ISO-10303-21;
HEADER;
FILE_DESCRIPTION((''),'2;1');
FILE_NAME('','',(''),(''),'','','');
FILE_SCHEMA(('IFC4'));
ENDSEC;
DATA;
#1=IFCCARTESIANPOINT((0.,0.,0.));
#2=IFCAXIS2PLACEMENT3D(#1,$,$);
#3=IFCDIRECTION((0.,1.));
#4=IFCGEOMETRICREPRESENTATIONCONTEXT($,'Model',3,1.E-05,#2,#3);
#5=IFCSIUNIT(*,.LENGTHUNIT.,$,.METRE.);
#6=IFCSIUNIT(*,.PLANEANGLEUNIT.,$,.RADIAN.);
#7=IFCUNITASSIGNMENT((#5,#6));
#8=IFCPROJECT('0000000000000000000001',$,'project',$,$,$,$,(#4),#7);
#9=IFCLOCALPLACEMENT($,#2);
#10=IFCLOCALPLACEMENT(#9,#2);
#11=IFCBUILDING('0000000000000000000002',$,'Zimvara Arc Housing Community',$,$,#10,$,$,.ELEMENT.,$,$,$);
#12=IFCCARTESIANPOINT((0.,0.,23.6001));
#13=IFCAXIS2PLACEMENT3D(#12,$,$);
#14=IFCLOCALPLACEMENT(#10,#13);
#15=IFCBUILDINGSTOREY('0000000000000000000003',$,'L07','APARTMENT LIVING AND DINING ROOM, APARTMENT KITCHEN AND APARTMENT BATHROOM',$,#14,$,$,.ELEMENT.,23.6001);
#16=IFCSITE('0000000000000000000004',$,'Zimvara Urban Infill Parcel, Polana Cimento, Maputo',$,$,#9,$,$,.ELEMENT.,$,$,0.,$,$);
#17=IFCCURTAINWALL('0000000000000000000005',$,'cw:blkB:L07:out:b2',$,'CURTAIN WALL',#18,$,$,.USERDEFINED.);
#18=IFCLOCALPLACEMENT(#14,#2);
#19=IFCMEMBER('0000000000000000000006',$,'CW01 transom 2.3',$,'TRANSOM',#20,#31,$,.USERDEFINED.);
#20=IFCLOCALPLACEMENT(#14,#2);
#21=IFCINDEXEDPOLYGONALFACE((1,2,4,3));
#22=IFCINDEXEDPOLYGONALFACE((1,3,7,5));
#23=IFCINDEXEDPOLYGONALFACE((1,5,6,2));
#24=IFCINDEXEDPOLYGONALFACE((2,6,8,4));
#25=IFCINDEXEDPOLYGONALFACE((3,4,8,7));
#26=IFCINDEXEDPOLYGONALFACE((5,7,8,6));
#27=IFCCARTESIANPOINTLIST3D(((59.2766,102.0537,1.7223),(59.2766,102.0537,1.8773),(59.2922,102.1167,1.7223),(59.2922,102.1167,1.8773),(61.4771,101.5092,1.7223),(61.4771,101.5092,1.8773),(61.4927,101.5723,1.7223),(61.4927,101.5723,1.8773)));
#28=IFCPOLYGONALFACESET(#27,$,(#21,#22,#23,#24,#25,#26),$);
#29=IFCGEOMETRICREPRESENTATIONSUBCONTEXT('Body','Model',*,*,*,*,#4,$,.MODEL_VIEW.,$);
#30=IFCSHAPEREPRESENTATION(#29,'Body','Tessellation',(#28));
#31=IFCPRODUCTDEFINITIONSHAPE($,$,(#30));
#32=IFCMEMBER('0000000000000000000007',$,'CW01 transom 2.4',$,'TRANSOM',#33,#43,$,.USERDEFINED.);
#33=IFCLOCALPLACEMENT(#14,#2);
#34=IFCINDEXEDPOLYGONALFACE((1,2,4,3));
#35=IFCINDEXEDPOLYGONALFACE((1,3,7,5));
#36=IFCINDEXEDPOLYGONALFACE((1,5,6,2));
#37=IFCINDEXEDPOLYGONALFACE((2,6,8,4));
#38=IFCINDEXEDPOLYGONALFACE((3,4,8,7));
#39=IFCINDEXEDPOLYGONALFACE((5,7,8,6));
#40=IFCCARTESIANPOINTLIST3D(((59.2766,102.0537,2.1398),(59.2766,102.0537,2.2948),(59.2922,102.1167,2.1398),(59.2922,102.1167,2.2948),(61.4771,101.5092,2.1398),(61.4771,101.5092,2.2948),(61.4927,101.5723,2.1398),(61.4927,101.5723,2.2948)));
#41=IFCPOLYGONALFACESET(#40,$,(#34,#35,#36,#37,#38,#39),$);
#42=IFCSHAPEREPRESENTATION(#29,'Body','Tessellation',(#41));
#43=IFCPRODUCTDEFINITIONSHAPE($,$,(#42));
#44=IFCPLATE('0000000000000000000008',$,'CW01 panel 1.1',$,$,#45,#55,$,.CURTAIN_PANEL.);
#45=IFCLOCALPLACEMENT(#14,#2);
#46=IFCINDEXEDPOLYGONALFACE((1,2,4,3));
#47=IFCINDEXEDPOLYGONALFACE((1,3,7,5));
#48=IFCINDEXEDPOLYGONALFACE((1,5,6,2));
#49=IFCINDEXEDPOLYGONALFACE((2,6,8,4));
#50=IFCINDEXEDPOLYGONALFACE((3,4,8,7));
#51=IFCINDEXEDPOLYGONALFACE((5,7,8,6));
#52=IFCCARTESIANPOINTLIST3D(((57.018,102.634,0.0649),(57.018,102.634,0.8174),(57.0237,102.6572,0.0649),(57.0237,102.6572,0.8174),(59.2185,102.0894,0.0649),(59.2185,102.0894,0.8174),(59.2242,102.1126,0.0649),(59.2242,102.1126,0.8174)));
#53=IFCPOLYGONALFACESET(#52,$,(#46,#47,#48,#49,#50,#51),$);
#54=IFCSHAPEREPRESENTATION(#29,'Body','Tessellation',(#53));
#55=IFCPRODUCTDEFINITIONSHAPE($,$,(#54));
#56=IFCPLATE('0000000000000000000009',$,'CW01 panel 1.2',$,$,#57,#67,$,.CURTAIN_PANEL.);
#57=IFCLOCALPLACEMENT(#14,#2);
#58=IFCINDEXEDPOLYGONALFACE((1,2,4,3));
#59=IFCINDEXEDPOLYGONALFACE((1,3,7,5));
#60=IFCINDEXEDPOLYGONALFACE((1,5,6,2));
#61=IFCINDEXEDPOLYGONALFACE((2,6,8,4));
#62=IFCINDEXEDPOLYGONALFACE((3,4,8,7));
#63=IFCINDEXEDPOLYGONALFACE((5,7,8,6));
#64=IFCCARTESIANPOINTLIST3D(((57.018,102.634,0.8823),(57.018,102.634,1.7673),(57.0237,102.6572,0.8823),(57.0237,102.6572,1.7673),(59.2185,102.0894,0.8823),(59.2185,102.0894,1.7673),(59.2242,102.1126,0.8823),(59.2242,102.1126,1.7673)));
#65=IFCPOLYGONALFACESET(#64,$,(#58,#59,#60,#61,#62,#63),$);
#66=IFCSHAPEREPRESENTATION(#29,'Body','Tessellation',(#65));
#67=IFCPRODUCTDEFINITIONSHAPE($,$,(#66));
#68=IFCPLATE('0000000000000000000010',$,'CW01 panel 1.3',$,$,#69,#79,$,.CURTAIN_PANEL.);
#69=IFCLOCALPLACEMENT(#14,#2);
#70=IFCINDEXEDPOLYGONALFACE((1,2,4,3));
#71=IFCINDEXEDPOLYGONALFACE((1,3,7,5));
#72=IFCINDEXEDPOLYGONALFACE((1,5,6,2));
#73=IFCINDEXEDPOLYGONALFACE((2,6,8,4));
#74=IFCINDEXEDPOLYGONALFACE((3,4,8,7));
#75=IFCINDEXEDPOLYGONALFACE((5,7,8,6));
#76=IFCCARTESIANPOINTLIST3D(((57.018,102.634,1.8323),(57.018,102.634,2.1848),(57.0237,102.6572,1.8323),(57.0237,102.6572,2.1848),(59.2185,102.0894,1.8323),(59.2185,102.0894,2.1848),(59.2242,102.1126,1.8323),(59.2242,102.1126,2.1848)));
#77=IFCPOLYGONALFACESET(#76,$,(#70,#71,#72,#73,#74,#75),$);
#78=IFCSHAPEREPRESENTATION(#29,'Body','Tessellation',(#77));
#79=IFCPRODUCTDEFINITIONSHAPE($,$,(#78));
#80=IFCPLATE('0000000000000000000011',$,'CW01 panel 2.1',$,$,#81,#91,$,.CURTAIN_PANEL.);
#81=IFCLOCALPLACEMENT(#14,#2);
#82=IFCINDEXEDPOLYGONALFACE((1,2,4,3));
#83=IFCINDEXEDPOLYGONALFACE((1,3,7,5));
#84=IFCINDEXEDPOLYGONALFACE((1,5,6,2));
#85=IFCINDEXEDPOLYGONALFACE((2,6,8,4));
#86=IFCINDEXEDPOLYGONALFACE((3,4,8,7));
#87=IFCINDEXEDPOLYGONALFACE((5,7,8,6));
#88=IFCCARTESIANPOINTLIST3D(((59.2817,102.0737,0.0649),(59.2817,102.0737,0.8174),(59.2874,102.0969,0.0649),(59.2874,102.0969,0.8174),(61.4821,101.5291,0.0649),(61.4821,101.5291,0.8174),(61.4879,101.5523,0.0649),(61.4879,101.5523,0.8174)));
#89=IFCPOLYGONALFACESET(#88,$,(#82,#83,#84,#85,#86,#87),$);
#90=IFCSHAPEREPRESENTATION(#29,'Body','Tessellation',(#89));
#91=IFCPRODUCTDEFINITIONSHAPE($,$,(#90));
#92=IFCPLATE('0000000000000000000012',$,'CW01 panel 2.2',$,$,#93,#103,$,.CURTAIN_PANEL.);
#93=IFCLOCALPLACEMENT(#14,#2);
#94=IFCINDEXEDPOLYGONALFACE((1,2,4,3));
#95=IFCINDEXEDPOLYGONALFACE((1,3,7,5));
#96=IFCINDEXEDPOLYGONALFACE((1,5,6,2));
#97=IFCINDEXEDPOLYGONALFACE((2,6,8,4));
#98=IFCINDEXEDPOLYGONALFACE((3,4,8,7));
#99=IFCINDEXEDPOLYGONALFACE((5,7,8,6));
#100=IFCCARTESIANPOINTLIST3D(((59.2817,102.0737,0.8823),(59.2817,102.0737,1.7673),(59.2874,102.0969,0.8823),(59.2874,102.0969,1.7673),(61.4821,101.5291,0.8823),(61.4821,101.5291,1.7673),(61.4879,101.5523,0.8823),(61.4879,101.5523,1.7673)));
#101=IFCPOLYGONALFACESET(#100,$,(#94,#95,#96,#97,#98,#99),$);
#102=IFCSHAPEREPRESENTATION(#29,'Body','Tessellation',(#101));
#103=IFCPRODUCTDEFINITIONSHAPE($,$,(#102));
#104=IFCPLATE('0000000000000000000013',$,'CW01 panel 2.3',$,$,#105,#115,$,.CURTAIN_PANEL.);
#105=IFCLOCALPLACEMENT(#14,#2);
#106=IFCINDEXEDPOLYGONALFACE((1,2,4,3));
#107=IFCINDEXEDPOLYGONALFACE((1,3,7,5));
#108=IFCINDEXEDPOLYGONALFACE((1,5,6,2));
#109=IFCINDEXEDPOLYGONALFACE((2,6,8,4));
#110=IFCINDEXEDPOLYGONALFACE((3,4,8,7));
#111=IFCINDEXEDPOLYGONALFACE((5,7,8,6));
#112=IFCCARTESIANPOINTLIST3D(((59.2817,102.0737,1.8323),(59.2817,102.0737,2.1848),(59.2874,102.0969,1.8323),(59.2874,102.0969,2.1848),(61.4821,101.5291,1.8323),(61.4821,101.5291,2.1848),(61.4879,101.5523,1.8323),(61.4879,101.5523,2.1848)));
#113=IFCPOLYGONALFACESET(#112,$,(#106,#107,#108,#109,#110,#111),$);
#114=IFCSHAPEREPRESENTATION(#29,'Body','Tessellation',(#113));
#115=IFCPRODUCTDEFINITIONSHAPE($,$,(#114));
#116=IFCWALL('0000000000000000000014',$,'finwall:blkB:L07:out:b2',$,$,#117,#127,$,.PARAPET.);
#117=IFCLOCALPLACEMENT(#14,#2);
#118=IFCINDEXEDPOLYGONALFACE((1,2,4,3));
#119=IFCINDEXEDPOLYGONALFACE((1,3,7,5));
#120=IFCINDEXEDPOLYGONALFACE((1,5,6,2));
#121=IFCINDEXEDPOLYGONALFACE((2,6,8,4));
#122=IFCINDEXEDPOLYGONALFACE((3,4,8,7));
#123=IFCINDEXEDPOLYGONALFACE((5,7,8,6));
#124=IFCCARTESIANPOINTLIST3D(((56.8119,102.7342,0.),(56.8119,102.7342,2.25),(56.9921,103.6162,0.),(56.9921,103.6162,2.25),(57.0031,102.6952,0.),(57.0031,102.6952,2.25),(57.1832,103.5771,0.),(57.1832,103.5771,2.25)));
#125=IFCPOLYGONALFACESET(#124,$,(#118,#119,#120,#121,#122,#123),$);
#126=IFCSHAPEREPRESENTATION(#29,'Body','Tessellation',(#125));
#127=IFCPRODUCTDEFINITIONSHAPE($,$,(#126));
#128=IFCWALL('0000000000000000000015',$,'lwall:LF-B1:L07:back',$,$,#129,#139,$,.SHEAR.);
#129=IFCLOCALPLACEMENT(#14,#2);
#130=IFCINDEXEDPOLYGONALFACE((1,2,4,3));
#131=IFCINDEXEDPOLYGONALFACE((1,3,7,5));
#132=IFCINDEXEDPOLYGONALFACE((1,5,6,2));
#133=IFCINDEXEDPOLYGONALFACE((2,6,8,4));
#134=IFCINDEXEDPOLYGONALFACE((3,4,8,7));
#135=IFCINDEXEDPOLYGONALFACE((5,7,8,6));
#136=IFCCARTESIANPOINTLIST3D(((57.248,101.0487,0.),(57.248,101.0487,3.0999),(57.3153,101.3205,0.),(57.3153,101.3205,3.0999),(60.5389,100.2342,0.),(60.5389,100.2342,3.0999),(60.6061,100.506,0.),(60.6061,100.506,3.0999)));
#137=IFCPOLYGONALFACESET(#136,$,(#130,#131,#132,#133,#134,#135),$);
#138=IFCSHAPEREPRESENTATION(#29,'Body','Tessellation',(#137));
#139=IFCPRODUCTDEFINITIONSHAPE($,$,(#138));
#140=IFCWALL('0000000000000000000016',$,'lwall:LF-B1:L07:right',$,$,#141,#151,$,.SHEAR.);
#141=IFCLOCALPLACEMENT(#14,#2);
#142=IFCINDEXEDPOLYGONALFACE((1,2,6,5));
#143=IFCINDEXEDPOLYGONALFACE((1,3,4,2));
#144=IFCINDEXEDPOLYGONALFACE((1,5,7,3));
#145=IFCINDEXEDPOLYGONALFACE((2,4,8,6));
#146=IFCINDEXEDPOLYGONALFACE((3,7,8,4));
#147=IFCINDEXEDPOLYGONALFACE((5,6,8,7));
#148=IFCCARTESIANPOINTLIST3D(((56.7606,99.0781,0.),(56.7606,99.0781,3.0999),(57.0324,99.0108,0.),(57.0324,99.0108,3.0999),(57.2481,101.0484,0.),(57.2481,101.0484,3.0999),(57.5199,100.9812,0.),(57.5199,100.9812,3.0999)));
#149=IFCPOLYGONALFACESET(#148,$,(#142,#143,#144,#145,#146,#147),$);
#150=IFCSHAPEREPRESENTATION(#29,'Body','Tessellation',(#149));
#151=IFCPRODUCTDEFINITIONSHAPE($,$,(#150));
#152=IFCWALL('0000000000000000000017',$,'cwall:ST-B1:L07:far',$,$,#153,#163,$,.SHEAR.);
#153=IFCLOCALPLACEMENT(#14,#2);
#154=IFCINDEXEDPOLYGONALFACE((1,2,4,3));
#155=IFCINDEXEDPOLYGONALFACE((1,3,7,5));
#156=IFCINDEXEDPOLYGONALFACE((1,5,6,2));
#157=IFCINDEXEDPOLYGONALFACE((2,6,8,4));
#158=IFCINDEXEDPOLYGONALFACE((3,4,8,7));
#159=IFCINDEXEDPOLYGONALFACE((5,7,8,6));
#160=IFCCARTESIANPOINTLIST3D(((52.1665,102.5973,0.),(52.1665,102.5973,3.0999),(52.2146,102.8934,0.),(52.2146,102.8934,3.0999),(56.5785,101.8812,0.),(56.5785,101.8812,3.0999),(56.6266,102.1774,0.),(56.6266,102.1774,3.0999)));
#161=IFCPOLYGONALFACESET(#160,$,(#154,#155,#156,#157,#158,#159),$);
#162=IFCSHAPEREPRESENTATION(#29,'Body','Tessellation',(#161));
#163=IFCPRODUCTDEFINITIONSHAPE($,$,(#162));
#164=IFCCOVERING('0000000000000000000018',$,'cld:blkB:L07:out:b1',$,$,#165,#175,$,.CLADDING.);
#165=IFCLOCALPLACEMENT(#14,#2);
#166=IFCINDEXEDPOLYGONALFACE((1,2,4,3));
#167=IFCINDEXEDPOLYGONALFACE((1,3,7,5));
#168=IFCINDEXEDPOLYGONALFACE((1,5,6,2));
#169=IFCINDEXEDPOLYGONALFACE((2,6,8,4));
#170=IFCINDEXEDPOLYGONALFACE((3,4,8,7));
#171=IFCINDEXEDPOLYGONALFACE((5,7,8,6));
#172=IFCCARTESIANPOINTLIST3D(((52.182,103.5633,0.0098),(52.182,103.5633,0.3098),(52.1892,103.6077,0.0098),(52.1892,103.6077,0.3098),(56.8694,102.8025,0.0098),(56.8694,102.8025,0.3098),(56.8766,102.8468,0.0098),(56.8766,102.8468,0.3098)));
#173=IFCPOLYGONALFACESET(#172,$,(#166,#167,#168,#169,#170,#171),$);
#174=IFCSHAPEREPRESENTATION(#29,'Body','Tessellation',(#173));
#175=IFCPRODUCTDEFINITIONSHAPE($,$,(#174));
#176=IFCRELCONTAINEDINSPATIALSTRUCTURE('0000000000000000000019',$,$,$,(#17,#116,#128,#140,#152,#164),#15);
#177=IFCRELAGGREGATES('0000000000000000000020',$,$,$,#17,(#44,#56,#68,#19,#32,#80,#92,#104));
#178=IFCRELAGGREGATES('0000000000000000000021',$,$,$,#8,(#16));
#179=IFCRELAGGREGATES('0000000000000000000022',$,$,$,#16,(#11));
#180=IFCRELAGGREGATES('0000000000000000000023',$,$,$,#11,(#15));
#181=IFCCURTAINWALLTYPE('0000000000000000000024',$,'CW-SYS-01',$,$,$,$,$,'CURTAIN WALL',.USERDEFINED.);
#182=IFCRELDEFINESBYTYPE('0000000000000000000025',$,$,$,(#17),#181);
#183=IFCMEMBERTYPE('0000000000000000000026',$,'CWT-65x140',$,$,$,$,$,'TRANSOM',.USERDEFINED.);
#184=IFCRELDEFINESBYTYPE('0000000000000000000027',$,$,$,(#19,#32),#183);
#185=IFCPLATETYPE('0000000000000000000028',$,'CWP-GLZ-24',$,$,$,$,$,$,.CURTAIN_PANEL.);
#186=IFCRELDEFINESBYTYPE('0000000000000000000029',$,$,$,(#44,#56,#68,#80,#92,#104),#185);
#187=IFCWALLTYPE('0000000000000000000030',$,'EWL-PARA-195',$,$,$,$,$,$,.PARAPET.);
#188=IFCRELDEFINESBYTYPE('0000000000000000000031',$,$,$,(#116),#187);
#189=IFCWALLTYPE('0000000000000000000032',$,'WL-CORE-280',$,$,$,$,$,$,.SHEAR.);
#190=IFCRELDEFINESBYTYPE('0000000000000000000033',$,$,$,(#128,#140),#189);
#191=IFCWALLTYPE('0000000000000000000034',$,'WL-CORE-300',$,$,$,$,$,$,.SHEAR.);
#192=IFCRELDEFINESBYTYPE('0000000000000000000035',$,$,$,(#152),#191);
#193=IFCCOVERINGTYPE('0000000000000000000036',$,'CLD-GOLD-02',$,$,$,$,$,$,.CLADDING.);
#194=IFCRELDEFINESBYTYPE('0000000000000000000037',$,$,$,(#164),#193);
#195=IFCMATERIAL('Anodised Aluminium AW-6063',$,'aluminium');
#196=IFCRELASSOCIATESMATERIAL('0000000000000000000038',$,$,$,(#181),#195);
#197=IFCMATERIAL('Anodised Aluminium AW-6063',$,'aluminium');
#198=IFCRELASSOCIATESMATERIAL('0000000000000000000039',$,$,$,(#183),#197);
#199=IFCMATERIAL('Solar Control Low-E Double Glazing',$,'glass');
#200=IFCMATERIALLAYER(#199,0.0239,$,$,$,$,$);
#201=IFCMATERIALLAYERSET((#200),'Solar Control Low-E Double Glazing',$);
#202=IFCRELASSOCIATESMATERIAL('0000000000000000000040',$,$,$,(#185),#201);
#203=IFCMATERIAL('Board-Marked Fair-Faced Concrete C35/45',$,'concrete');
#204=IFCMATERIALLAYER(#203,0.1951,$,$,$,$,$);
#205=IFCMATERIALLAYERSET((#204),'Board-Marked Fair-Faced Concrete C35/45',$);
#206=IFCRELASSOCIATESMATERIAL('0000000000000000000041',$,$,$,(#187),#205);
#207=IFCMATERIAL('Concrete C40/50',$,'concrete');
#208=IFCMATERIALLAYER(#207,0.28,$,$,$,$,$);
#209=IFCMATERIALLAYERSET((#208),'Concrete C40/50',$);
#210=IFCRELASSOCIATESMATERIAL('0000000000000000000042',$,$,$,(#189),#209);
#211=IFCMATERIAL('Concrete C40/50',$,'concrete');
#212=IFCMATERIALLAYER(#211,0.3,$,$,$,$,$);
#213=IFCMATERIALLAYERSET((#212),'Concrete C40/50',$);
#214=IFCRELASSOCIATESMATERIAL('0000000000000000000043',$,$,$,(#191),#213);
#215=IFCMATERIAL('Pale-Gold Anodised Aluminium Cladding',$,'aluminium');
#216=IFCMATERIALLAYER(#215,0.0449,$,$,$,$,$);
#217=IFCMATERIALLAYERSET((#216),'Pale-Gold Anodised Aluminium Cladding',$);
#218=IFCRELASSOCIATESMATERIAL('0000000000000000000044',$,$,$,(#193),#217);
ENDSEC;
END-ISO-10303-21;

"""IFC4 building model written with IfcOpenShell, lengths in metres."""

from ifc_helpers import new_model, si_unit, direction, frame, frame_2d, origin, origin_2d, place, context, subcontext, project, spatial, rectangle, extrude, material, layer, layer_set, material_profile, profile_set, type_object, element, aggregate, save


model = new_model("IFC4")

# Units and contexts
model_context = context("Model", 3, precision=1e-05, world=origin(), true_north=direction((0.0, 1.0)))
body_context = subcontext(model_context, "Body", "Model", "MODEL_VIEW")
ifc_project = project(units=[si_unit("LENGTHUNIT", "METRE"), si_unit("PLANEANGLEUNIT", "RADIAN")], contexts=[model_context])

# Site, building, storey
site_placement = place(None, origin())
site = spatial("IfcSite", under=ifc_project, at=site_placement, Name="Zimvara Urban Infill Parcel, Polana Cimento, Maputo", CompositionType="ELEMENT", RefElevation=0.0)
building_placement = place(site_placement, origin())
building = spatial("IfcBuilding", under=site, at=building_placement, Name="Zimvara Arc Housing Community", CompositionType="ELEMENT")
storey_placement = place(building_placement, frame((0.0, 0.0, 23.6001)))
storey = spatial("IfcBuildingStorey", under=building, at=storey_placement, Name="L07", Description="APARTMENT LIVING AND DINING ROOM, APARTMENT KITCHEN AND APARTMENT BATHROOM", CompositionType="ELEMENT", Elevation=23.6001)

# Curtain wall
ifc_material_1 = material(Name="Anodised Aluminium AW-6063", Category="aluminium")
curtain_wall_type_1 = type_object("IfcCurtainWallType", Name="CW-SYS-01", ElementType="CURTAIN WALL", PredefinedType="USERDEFINED", material=ifc_material_1)
curtain_wall_1_placement = place(storey_placement, origin())
curtain_wall_1 = element("IfcCurtainWall", 1, at=curtain_wall_1_placement, inside=storey, type_object=curtain_wall_type_1, Name="cw:blkB:L07:out:b2", ObjectType="CURTAIN WALL", PredefinedType="USERDEFINED")

# Members
ifc_material_2 = material(Name="Anodised Aluminium AW-6063", Category="aluminium")
ifc_material_profile_1 = material_profile(ifc_material_2, rectangle(XDim=0.0649, YDim=0.155, at=origin_2d()), Name="ALU 65x155")
ifc_profile_set_1 = profile_set([ifc_material_profile_1], Name="Anodised Aluminium AW-6063")
member_type_1 = type_object("IfcMemberType", Name="CWT-65x140", ElementType="TRANSOM", PredefinedType="USERDEFINED", material=ifc_profile_set_1)
member_1_placement = place(storey_placement, frame((59.2844, 102.0852, 1.7998), z_axis=(0.970729, -0.240178, 0.0), x_axis=(0.240178, 0.970729, 0.0)))
member_1 = element("IfcMember", 2, at=member_1_placement, type_object=member_type_1, Name="CW01 transom 2.3", ObjectType="TRANSOM", PredefinedType="USERDEFINED", context=body_context, shape_type="SweptSolid", body=[
    extrude(rectangle(XDim=0.0649, YDim=0.155, at=origin_2d()), origin(), (0.0, 0.0, 1.0), 2.2668),
])
member_2_placement = place(storey_placement, frame((59.2844, 102.0852, 2.2173), z_axis=(0.970729, -0.240178, 0.0), x_axis=(0.240178, 0.970729, 0.0)))
member_2 = element("IfcMember", 3, at=member_2_placement, type_object=member_type_1, Name="CW01 transom 2.4", ObjectType="TRANSOM", PredefinedType="USERDEFINED", context=body_context, shape_type="SweptSolid", body=[
    extrude(rectangle(XDim=0.0649, YDim=0.155, at=origin_2d()), origin(), (0.0, 0.0, 1.0), 2.2668),
])

# Plates
ifc_material_3 = material(Name="Solar Control Low-E Double Glazing", Category="glass")
ifc_layer_1 = layer(ifc_material_3, 0.0239)
ifc_layer_set_1 = layer_set([ifc_layer_1], Name="Solar Control Low-E Double Glazing")
plate_type = type_object("IfcPlateType", Name="CWP-GLZ-24", PredefinedType="CURTAIN_PANEL", material=ifc_layer_set_1)
plate_1_placement = place(storey_placement, frame((58.1211, 102.3733, 0.0649), z_axis=(0.0, 0.0, 1.0), x_axis=(0.970716, -0.24023, 0.0)))
plate_1 = element("IfcPlate", 4, at=plate_1_placement, type_object=plate_type, Name="CW01 panel 1.1", PredefinedType="CURTAIN_PANEL", context=body_context, shape_type="SweptSolid", body=[
    extrude(rectangle(XDim=2.2668, YDim=0.0239, at=origin_2d()), origin(), (0.0, 0.0, 1.0), 0.7524),
])
plate_2_placement = place(storey_placement, frame((58.1211, 102.3733, 0.8823), z_axis=(0.0, 0.0, 1.0), x_axis=(0.970716, -0.24023, 0.0)))
plate_2 = element("IfcPlate", 5, at=plate_2_placement, type_object=plate_type, Name="CW01 panel 1.2", PredefinedType="CURTAIN_PANEL", context=body_context, shape_type="SweptSolid", body=[
    extrude(rectangle(XDim=2.2668, YDim=0.0239, at=origin_2d()), origin(), (0.0, 0.0, 1.0), 0.885),
])
plate_3_placement = place(storey_placement, frame((58.1211, 102.3733, 1.8323), z_axis=(0.0, 0.0, 1.0), x_axis=(0.970716, -0.24023, 0.0)))
plate_3 = element("IfcPlate", 6, at=plate_3_placement, type_object=plate_type, Name="CW01 panel 1.3", PredefinedType="CURTAIN_PANEL", context=body_context, shape_type="SweptSolid", body=[
    extrude(rectangle(XDim=2.2668, YDim=0.0239, at=origin_2d()), origin(), (0.0, 0.0, 1.0), 0.3525),
])
plate_4_placement = place(storey_placement, frame((60.3848, 101.813, 0.0649), z_axis=(0.0, 0.0, 1.0), x_axis=(0.970716, -0.24023, 0.0)))
plate_4 = element("IfcPlate", 7, at=plate_4_placement, type_object=plate_type, Name="CW01 panel 2.1", PredefinedType="CURTAIN_PANEL", context=body_context, shape_type="SweptSolid", body=[
    extrude(rectangle(XDim=2.2668, YDim=0.0239, at=origin_2d()), origin(), (0.0, 0.0, 1.0), 0.7524),
])
plate_5_placement = place(storey_placement, frame((60.3848, 101.813, 0.8823), z_axis=(0.0, 0.0, 1.0), x_axis=(0.970716, -0.24023, 0.0)))
plate_5 = element("IfcPlate", 8, at=plate_5_placement, type_object=plate_type, Name="CW01 panel 2.2", PredefinedType="CURTAIN_PANEL", context=body_context, shape_type="SweptSolid", body=[
    extrude(rectangle(XDim=2.2668, YDim=0.0239, at=origin_2d()), origin(), (0.0, 0.0, 1.0), 0.885),
])
plate_6_placement = place(storey_placement, frame((60.3848, 101.813, 1.8323), z_axis=(0.0, 0.0, 1.0), x_axis=(0.970716, -0.24023, 0.0)))
plate_6 = element("IfcPlate", 9, at=plate_6_placement, type_object=plate_type, Name="CW01 panel 2.3", PredefinedType="CURTAIN_PANEL", context=body_context, shape_type="SweptSolid", body=[
    extrude(rectangle(XDim=2.2668, YDim=0.0239, at=origin_2d()), origin(), (0.0, 0.0, 1.0), 0.3525),
])
aggregate(curtain_wall_1, [plate_1, plate_2, plate_3, member_1, member_2, plate_4, plate_5, plate_6])

# Walls
ifc_material_4 = material(Name="Board-Marked Fair-Faced Concrete C35/45", Category="concrete")
ifc_layer_2 = layer(ifc_material_4, 0.1951)
ifc_layer_set_2 = layer_set([ifc_layer_2], Name="Board-Marked Fair-Faced Concrete C35/45")
wall_type_1 = type_object("IfcWallType", Name="EWL-PARA-195", PredefinedType="PARAPET", material=ifc_layer_set_2)
wall_1_placement = place(storey_placement, frame((56.9075, 102.7146, 0.0), z_axis=(0.0, 0.0, 1.0), x_axis=(0.200183, 0.979758, 0.0)))
element("IfcWall", 10, at=wall_1_placement, inside=storey, type_object=wall_type_1, Name="finwall:blkB:L07:out:b2", PredefinedType="PARAPET", context=body_context, shape_type="SweptSolid", body=[
    extrude(rectangle(XDim=0.9001, YDim=0.1951, at=frame_2d((0.4502, 0.0))), origin(), (0.0, 0.0, 1.0), 2.25),
])
ifc_material_5 = material(Name="Concrete C40/50", Category="concrete")
ifc_layer_3 = layer(ifc_material_5, 0.28)
ifc_layer_set_3 = layer_set([ifc_layer_3], Name="Concrete C40/50")
wall_type_2 = type_object("IfcWallType", Name="WL-CORE-280", PredefinedType="SHEAR", material=ifc_layer_set_3)
wall_2_placement = place(storey_placement, frame((60.5725, 100.3701, 0.0), z_axis=(0.0, 0.0, 1.0), x_axis=(-0.970712, 0.240247, 0.0)))
element("IfcWall", 11, at=wall_2_placement, inside=storey, type_object=wall_type_2, Name="lwall:LF-B1:L07:back", PredefinedType="SHEAR", context=body_context, shape_type="SweptSolid", body=[
    extrude(rectangle(XDim=3.3901, YDim=0.28, at=frame_2d((1.6951, 0.0))), origin(), (0.0, 0.0, 1.0), 3.0999),
])
wall_3_placement = place(storey_placement, frame((56.8965, 99.0444, 0.0), z_axis=(0.0, 0.0, 1.0), x_axis=(0.240186, 0.970727, 0.0)))
element("IfcWall", 12, at=wall_3_placement, inside=storey, type_object=wall_type_2, Name="lwall:LF-B1:L07:right", PredefinedType="SHEAR", context=body_context, shape_type="SweptSolid", body=[
    extrude(rectangle(XDim=2.0298, YDim=0.28, at=frame_2d((1.0149, 0.0))), origin(), (0.0, 0.0, 1.0), 3.0999),
])
ifc_material_6 = material(Name="Concrete C40/50", Category="concrete")
ifc_layer_4 = layer(ifc_material_6, 0.3)
ifc_layer_set_4 = layer_set([ifc_layer_4], Name="Concrete C40/50")
wall_type_3 = type_object("IfcWallType", Name="WL-CORE-300", PredefinedType="SHEAR", material=ifc_layer_set_4)
wall_4_placement = place(storey_placement, frame((56.6025, 102.0293, 0.0), z_axis=(0.0, 0.0, 1.0), x_axis=(-0.987085, 0.160199, 0.0)))
element("IfcWall", 13, at=wall_4_placement, inside=storey, type_object=wall_type_3, Name="cwall:ST-B1:L07:far", PredefinedType="SHEAR", context=body_context, shape_type="SweptSolid", body=[
    extrude(rectangle(XDim=4.4697, YDim=0.3, at=frame_2d((2.2349, 0.0))), origin(), (0.0, 0.0, 1.0), 3.0999),
])

# Covering
ifc_material_7 = material(Name="Pale-Gold Anodised Aluminium Cladding", Category="aluminium")
ifc_layer_5 = layer(ifc_material_7, 0.0449)
ifc_layer_set_5 = layer_set([ifc_layer_5], Name="Pale-Gold Anodised Aluminium Cladding")
covering_type = type_object("IfcCoveringType", Name="CLD-GOLD-02", PredefinedType="CLADDING", material=ifc_layer_set_5)
covering_placement = place(storey_placement, frame((54.5293, 103.2051, 0.0098), z_axis=(0.0, 0.0, 1.0), x_axis=(0.98708, -0.160226, 0.0)))
element("IfcCovering", 14, at=covering_placement, inside=storey, type_object=covering_type, Name="cld:blkB:L07:out:b1", PredefinedType="CLADDING", context=body_context, shape_type="SweptSolid", body=[
    extrude(rectangle(XDim=4.7488, YDim=0.0449, at=origin_2d()), origin(), (0.0, 0.0, 1.0), 0.3),
])

save(model, "model.ifc")
